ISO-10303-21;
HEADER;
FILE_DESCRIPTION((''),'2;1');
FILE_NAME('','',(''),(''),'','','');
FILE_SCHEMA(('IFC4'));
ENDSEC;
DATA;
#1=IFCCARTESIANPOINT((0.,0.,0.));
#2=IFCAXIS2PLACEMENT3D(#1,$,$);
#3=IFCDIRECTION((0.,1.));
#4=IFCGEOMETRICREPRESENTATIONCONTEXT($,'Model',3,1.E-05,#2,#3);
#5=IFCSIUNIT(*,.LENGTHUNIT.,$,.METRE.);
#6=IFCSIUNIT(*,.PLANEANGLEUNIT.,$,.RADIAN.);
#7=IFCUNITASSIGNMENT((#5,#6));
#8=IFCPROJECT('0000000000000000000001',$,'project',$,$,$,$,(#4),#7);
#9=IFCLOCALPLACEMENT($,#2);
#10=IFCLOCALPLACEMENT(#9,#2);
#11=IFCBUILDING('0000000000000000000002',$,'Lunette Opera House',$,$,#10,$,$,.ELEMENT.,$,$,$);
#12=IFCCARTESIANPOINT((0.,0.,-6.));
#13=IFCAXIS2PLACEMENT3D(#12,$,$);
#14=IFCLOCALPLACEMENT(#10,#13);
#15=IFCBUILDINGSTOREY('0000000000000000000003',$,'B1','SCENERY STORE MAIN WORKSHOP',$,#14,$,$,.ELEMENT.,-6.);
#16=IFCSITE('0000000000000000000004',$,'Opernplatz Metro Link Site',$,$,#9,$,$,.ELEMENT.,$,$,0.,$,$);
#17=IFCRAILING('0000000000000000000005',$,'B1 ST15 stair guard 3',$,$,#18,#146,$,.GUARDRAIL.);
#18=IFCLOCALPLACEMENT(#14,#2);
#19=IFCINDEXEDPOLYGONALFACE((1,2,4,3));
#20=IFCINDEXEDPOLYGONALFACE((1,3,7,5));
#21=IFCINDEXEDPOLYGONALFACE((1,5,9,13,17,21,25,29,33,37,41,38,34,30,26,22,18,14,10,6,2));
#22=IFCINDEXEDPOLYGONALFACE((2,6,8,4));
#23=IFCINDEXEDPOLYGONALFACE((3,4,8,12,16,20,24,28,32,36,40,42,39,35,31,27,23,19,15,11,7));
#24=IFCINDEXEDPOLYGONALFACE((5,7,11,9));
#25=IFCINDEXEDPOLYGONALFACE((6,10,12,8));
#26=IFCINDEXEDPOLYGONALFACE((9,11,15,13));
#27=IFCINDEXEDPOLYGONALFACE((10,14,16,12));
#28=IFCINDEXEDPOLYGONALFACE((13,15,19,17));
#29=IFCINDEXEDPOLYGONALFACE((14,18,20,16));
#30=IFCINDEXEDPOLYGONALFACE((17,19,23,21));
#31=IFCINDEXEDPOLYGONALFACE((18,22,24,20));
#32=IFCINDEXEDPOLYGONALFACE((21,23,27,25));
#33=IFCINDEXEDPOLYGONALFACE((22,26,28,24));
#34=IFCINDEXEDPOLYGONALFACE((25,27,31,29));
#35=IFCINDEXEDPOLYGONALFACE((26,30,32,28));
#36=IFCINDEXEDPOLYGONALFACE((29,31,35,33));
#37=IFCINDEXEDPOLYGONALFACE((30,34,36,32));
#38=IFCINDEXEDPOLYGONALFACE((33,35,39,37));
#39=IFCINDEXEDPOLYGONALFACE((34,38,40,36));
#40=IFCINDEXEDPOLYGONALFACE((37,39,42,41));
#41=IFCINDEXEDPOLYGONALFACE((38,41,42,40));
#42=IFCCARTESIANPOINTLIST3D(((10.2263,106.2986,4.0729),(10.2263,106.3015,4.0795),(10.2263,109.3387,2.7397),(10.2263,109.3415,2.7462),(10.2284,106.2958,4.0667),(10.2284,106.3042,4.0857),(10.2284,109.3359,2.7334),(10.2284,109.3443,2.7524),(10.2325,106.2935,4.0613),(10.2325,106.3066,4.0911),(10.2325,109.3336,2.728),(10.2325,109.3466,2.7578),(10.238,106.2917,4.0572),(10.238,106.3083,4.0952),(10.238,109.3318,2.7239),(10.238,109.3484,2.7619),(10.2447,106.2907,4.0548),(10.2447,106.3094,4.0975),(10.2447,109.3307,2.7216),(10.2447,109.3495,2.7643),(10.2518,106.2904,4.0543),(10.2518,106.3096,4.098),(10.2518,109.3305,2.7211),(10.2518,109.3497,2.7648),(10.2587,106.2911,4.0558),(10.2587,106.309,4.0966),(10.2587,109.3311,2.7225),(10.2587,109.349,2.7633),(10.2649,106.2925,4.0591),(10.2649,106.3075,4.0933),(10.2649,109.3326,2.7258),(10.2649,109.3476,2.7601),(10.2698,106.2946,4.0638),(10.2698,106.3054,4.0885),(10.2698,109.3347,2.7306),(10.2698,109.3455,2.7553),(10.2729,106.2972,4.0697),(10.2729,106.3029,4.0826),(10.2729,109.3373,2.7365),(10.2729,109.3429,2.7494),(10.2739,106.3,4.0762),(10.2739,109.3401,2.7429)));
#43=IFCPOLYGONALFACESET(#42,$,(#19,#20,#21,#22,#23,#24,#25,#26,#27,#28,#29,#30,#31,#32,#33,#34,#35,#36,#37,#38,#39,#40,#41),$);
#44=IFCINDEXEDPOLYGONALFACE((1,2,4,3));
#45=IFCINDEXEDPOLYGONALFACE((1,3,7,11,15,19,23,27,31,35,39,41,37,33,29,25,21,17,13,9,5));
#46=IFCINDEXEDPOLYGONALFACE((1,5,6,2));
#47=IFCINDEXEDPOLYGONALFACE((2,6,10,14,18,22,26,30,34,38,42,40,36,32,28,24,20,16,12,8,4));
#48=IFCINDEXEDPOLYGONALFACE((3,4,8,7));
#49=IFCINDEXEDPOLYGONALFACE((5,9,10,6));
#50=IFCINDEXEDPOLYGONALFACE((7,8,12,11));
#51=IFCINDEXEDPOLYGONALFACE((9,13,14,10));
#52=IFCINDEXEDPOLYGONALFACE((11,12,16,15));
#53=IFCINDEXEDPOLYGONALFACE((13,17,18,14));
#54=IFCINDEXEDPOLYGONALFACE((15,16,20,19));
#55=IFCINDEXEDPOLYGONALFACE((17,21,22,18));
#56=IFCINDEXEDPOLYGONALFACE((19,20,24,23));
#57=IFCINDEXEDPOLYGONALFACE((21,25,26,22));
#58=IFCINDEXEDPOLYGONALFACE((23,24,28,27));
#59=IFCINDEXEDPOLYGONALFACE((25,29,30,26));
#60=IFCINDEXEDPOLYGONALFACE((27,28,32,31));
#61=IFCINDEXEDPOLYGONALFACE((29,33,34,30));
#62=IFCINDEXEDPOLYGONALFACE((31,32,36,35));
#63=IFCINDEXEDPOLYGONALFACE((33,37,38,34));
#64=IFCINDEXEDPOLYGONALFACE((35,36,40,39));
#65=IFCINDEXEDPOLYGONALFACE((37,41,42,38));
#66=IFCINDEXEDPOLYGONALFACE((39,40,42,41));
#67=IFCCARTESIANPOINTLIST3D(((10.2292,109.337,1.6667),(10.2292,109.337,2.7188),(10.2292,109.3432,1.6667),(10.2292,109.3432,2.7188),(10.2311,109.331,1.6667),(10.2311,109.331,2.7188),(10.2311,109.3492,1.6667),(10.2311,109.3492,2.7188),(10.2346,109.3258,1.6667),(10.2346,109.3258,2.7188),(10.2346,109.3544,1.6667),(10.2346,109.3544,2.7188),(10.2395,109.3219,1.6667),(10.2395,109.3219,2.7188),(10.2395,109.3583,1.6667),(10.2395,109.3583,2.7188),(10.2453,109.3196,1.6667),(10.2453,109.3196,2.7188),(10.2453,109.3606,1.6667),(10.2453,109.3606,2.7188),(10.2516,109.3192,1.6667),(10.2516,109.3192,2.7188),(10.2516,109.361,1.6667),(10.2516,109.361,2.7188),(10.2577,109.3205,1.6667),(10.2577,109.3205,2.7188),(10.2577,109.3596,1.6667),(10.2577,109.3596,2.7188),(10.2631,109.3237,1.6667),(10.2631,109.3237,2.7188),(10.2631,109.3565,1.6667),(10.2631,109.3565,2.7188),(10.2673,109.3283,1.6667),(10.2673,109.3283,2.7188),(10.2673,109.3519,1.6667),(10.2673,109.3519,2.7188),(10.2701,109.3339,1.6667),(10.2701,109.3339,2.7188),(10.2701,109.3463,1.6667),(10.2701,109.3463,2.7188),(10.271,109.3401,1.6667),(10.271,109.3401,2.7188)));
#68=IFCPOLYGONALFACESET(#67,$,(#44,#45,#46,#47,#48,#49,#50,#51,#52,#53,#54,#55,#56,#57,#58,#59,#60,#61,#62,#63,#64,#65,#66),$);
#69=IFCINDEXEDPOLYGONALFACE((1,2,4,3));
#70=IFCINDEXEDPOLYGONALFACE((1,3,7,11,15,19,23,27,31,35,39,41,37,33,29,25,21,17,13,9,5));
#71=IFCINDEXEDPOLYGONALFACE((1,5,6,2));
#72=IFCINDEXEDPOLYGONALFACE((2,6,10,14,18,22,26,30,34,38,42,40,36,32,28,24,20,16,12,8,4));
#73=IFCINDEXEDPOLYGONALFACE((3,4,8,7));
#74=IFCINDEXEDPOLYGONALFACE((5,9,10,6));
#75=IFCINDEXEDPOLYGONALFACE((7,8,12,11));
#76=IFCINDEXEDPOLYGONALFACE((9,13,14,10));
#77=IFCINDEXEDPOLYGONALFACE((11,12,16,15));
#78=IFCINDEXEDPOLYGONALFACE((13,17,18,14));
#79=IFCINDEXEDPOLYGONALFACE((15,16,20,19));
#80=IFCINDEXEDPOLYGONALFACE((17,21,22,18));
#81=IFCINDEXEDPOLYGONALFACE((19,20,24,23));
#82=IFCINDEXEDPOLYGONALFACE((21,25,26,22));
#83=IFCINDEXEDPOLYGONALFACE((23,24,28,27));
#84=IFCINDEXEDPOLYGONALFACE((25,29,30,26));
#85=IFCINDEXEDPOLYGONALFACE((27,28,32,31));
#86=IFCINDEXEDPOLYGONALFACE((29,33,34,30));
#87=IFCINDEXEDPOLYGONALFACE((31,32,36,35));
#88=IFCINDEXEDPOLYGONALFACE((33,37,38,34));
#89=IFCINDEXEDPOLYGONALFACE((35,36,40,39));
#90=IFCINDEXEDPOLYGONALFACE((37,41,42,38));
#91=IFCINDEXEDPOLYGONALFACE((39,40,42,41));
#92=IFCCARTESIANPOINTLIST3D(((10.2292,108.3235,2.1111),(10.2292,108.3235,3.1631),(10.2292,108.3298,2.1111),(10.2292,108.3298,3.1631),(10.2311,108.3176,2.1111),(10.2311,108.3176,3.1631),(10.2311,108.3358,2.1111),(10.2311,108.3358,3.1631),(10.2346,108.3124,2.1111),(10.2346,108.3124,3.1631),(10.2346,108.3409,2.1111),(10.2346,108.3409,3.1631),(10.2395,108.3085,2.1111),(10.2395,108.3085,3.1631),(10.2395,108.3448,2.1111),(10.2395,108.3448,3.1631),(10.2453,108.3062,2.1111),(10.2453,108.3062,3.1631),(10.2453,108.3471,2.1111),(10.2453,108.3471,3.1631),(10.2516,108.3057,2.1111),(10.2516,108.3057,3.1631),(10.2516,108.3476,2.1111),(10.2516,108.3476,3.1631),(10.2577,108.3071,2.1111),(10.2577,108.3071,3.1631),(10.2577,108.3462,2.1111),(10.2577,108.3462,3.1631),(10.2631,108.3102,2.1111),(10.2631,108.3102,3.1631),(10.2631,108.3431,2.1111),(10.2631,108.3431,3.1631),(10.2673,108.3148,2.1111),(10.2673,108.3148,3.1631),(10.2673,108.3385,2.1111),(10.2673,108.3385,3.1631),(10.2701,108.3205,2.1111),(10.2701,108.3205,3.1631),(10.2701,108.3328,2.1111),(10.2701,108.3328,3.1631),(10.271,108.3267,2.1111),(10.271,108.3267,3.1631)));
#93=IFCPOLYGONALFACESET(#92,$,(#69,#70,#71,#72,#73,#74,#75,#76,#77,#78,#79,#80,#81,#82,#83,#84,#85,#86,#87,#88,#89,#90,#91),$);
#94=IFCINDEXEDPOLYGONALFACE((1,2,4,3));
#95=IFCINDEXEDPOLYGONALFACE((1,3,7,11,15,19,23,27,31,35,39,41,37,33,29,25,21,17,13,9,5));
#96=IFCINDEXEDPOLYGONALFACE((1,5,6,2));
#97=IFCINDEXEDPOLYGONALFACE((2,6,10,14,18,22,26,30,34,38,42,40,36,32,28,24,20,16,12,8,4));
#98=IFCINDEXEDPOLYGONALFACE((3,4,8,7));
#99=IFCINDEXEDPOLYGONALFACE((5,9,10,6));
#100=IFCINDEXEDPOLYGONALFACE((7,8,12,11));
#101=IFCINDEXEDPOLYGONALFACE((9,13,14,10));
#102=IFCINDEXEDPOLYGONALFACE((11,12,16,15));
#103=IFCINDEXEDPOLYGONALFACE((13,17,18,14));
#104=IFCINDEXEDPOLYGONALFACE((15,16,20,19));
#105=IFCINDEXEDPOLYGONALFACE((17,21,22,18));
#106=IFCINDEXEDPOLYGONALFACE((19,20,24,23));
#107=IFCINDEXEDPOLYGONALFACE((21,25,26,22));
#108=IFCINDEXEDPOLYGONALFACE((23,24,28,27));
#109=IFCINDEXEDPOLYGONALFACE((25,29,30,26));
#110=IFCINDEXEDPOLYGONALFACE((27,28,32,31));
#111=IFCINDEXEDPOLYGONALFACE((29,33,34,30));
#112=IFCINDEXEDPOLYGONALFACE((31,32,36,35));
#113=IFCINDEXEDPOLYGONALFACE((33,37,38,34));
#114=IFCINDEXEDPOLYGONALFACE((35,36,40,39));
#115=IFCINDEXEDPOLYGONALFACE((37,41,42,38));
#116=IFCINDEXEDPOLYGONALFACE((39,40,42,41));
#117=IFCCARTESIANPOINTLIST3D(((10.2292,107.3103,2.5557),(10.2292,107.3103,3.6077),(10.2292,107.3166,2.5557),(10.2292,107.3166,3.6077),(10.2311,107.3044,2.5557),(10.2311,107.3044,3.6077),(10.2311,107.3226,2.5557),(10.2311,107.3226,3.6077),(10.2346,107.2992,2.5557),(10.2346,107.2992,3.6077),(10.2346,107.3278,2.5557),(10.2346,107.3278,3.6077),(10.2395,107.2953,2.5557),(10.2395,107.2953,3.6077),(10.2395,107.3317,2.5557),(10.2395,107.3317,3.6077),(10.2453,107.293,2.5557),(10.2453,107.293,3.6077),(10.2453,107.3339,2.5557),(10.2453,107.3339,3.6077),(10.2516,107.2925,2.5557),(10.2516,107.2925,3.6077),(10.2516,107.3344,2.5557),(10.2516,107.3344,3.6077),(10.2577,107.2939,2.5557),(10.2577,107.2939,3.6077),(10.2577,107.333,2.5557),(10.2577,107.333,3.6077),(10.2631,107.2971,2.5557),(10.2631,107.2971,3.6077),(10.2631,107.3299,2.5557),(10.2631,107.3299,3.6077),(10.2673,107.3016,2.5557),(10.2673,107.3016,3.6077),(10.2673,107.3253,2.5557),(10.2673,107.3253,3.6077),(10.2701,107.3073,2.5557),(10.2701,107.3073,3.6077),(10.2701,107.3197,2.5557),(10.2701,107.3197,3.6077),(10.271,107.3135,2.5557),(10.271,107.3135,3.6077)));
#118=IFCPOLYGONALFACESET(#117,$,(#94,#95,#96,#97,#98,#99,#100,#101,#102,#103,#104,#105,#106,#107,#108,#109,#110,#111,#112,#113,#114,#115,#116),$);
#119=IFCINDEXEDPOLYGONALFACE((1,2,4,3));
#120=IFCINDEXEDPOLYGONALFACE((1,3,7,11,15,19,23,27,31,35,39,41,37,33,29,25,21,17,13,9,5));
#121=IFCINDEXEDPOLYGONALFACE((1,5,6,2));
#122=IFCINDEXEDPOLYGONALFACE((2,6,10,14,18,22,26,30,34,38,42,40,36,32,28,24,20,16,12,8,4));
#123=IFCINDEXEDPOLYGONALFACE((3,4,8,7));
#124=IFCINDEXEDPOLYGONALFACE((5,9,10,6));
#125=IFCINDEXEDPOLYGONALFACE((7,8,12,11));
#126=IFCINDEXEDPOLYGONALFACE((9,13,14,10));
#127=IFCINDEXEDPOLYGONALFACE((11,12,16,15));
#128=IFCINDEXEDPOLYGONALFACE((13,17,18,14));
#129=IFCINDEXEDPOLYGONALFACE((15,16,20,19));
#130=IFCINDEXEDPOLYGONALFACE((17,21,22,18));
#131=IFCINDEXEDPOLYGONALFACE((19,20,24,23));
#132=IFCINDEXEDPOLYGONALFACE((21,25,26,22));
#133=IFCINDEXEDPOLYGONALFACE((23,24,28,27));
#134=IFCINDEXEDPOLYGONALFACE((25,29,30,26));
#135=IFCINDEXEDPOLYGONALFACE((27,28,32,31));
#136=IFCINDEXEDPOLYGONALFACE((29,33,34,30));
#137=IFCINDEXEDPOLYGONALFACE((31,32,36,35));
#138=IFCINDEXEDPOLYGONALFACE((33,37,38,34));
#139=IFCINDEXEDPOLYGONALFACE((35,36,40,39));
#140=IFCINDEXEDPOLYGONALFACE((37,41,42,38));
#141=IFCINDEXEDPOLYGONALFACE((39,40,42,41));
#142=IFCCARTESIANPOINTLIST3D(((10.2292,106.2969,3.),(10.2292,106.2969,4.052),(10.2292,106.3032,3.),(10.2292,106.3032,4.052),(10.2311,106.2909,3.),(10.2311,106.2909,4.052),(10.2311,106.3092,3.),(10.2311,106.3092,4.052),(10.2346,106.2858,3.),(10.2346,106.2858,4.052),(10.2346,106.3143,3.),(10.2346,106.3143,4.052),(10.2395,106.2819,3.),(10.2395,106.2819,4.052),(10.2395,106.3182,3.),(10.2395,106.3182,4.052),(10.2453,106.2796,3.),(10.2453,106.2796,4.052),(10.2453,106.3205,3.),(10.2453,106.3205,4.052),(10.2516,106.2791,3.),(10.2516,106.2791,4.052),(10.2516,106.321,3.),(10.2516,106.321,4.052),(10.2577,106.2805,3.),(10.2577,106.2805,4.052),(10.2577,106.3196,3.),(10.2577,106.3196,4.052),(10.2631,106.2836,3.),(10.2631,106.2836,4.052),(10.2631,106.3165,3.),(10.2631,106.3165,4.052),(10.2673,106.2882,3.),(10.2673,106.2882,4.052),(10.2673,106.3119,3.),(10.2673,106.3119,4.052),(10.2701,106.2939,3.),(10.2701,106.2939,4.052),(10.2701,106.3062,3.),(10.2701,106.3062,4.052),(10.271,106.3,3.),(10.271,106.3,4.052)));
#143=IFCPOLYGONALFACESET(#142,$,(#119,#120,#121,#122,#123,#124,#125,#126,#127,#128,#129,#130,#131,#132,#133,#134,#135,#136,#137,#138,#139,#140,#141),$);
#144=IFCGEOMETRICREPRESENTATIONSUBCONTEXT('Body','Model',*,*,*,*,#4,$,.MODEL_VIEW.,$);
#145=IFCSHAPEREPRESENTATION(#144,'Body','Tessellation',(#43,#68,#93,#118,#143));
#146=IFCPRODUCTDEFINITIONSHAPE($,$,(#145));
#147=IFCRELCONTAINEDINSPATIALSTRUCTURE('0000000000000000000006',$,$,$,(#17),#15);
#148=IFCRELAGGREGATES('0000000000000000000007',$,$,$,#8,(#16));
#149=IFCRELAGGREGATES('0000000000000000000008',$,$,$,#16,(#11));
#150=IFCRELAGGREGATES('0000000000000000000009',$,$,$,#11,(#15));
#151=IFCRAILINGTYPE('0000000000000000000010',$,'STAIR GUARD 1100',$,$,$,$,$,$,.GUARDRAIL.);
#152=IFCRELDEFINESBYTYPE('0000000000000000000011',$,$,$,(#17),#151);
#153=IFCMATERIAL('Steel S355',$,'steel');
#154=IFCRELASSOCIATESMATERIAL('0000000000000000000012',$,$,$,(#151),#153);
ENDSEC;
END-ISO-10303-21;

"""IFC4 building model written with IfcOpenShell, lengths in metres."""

from ifc_helpers import new_model, si_unit, direction, frame, origin, origin_2d, place, context, subcontext, project, spatial, circle, extrude, material, type_object, element, save


model = new_model("IFC4")

# Units and contexts
model_context = context("Model", 3, precision=1e-05, world=origin(), true_north=direction((0.0, 1.0)))
body_context = subcontext(model_context, "Body", "Model", "MODEL_VIEW")
ifc_project = project(units=[si_unit("LENGTHUNIT", "METRE"), si_unit("PLANEANGLEUNIT", "RADIAN")], contexts=[model_context])

# Site, building, storey
site_placement = place(None, origin())
site = spatial("IfcSite", under=ifc_project, at=site_placement, Name="Opernplatz Metro Link Site", CompositionType="ELEMENT", RefElevation=0.0)
building_placement = place(site_placement, origin())
building = spatial("IfcBuilding", under=site, at=building_placement, Name="Lunette Opera House", CompositionType="ELEMENT")
storey_placement = place(building_placement, frame((0.0, 0.0, -6.0)))
storey = spatial("IfcBuildingStorey", under=building, at=storey_placement, Name="B1", Description="SCENERY STORE MAIN WORKSHOP", CompositionType="ELEMENT", Elevation=-6.0)

# Railing
ifc_material_1 = material(Name="Steel S355", Category="steel")
railing_type_1 = type_object("IfcRailingType", Name="STAIR GUARD 1100", PredefinedType="GUARDRAIL", material=ifc_material_1)
railing_1_placement = place(storey_placement, frame((10.25, 109.3401, 1.6667)))
element("IfcRailing", 1, at=railing_1_placement, inside=storey, type_object=railing_type_1, Name="B1 ST15 stair guard 3", PredefinedType="GUARDRAIL", context=body_context, shape_type="SweptSolid", body=[
    extrude(circle(Radius=0.0239, at=origin_2d()), frame((0.0, 0.0, 1.0762), z_axis=(0.0, -0.915799, 0.401637), x_axis=(1.0, 0.0, 0.0)), (0.0, 0.0, 1.0), 3.3196),
    extrude(circle(Radius=0.021, at=origin_2d()), origin(), (0.0, 0.0, 1.0), 1.052),
    extrude(circle(Radius=0.021, at=origin_2d()), frame((0.0, -1.0134, 0.4443)), (0.0, 0.0, 1.0), 1.052),
    extrude(circle(Radius=0.021, at=origin_2d()), frame((0.0, -2.0266, 0.8889)), (0.0, 0.0, 1.0), 1.052),
    extrude(circle(Radius=0.021, at=origin_2d()), frame((0.0, -3.04, 1.3333)), (0.0, 0.0, 1.0), 1.052),
])

save(model, "model.ifc")
